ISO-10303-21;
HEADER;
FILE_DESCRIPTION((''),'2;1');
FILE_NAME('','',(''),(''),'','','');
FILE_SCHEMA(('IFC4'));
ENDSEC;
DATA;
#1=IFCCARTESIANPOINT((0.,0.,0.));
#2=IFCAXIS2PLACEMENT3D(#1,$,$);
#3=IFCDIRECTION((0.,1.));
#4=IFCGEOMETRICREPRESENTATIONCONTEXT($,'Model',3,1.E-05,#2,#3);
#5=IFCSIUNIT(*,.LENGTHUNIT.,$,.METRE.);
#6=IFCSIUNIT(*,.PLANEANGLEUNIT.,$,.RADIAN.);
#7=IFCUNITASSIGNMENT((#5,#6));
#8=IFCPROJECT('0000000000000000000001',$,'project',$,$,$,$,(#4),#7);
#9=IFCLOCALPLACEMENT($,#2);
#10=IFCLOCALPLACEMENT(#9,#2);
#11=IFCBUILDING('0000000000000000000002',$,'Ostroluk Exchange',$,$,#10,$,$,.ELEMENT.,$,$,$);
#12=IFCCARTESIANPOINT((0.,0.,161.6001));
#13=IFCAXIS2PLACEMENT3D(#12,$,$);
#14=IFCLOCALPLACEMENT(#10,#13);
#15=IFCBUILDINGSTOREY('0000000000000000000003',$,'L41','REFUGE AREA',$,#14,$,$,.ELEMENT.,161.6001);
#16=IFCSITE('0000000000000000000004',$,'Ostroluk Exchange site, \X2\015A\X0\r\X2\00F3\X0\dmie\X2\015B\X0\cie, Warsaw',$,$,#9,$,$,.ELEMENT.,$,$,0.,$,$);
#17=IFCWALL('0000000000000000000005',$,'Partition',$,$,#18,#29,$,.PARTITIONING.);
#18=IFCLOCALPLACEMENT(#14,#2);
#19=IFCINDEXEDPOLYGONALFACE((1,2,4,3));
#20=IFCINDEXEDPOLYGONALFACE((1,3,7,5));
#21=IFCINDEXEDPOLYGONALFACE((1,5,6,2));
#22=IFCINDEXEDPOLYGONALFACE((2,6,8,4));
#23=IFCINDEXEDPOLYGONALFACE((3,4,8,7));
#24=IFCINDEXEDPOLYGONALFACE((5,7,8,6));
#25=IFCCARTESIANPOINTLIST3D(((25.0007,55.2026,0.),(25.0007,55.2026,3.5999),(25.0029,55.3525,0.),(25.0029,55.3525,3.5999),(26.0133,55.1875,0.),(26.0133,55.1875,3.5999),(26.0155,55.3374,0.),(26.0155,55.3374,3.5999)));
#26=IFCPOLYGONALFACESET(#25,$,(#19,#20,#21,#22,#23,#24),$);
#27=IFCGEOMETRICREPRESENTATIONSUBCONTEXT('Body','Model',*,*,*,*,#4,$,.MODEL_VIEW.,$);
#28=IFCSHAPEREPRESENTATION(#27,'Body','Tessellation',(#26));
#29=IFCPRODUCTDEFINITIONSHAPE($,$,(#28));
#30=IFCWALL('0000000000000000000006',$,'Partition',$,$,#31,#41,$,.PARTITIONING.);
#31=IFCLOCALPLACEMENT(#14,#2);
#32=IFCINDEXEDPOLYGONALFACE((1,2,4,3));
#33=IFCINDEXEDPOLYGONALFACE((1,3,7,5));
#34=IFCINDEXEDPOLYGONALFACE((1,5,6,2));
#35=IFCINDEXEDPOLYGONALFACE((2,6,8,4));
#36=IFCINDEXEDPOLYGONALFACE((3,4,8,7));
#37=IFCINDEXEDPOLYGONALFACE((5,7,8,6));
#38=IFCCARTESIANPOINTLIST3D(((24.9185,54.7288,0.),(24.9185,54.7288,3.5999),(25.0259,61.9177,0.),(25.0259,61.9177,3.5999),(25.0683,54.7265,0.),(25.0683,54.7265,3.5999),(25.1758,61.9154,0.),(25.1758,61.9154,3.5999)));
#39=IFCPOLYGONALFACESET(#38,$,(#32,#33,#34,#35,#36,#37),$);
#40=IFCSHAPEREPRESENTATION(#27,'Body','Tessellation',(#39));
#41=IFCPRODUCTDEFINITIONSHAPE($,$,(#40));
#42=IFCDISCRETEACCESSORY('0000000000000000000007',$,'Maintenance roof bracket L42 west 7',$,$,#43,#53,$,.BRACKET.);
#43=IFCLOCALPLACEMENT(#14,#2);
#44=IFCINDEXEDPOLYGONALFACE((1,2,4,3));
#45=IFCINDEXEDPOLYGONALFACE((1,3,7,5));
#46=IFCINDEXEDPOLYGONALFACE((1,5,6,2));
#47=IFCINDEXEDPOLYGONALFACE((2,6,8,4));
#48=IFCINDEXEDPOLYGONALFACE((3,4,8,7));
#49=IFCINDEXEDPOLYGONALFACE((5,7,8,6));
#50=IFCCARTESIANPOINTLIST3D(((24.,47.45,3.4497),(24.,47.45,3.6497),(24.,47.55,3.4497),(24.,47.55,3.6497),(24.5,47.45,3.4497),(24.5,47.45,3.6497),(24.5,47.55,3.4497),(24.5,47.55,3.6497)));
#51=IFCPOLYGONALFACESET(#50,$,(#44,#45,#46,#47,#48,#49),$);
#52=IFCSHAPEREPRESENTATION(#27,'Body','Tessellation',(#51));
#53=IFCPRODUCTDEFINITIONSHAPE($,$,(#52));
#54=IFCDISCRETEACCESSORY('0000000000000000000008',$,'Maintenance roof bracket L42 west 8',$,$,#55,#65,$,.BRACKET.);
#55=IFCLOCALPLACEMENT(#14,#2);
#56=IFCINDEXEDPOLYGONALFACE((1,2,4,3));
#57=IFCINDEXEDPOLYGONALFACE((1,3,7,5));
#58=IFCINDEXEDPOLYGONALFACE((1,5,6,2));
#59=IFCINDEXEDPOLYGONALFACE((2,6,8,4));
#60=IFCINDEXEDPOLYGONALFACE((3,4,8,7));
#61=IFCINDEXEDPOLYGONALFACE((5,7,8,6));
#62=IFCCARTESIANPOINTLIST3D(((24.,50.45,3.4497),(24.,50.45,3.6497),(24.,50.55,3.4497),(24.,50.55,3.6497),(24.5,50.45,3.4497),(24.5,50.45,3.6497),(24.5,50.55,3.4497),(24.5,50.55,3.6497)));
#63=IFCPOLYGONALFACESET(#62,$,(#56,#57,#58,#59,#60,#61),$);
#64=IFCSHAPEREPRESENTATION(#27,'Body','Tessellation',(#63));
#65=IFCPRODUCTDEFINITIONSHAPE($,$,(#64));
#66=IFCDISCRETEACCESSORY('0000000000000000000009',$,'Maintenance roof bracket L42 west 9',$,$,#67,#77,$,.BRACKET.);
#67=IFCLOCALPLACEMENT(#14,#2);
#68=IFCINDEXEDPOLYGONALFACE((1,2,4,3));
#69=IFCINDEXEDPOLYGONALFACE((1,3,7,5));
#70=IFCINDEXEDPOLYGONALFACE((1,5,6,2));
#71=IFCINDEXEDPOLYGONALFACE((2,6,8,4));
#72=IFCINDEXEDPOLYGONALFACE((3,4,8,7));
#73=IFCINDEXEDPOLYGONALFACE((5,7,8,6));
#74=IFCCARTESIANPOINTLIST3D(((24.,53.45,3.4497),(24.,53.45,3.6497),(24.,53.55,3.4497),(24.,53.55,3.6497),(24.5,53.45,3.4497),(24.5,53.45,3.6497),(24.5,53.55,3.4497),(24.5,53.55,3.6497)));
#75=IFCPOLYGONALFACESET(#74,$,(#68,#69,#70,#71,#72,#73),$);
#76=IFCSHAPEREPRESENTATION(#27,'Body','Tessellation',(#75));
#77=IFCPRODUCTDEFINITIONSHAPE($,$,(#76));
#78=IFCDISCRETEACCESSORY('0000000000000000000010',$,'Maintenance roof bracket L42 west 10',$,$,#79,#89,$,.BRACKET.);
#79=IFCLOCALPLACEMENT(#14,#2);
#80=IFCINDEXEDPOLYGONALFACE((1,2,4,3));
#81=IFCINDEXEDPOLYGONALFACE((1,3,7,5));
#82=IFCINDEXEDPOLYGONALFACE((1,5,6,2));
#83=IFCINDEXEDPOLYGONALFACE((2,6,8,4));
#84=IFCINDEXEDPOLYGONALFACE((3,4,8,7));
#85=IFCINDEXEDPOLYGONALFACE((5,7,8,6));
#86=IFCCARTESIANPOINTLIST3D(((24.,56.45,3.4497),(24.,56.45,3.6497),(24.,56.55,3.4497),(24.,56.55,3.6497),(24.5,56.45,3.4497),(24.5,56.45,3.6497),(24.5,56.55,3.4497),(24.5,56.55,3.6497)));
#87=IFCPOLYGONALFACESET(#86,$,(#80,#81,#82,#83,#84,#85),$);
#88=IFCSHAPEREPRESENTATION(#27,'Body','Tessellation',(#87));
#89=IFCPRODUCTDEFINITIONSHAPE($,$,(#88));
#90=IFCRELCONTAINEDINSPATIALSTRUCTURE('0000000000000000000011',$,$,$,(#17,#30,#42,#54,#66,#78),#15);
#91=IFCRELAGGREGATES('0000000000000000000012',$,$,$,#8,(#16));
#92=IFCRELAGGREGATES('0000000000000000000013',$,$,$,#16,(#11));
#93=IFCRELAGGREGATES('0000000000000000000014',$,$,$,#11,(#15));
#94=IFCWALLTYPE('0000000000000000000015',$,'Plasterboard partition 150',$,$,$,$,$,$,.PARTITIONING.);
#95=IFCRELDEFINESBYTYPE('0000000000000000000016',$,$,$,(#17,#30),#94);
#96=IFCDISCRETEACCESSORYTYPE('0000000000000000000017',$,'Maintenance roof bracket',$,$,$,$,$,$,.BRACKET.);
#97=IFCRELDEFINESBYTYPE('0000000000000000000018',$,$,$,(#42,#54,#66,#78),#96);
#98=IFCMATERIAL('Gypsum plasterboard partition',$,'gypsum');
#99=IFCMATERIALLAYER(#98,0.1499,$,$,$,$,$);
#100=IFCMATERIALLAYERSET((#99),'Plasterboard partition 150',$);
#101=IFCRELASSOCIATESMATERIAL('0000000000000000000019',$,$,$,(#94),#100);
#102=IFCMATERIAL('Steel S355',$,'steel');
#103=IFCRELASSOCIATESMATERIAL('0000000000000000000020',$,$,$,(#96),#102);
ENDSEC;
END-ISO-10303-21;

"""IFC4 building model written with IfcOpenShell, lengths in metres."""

from ifc_helpers import new_model, si_unit, direction, frame, frame_2d, origin, origin_2d, place, context, subcontext, project, spatial, rectangle, extrude, material, layer, layer_set, type_object, element, save


model = new_model("IFC4")

# Units and contexts
model_context = context("Model", 3, precision=1e-05, world=origin(), true_north=direction((0.0, 1.0)))
body_context = subcontext(model_context, "Body", "Model", "MODEL_VIEW")
ifc_project = project(units=[si_unit("LENGTHUNIT", "METRE"), si_unit("PLANEANGLEUNIT", "RADIAN")], contexts=[model_context])

# Site, building, storey
site_placement = place(None, origin())
site = spatial("IfcSite", under=ifc_project, at=site_placement, Name="Ostroluk Exchange site, Śródmieście, Warsaw", CompositionType="ELEMENT", RefElevation=0.0)
building_placement = place(site_placement, origin())
building = spatial("IfcBuilding", under=site, at=building_placement, Name="Ostroluk Exchange", CompositionType="ELEMENT")
storey_placement = place(building_placement, frame((0.0, 0.0, 161.6001)))
storey = spatial("IfcBuildingStorey", under=building, at=storey_placement, Name="L41", Description="REFUGE AREA", CompositionType="ELEMENT", Elevation=161.6001)

# Walls
ifc_material_1 = material(Name="Gypsum plasterboard partition", Category="gypsum")
ifc_layer_1 = layer(ifc_material_1, 0.1499)
ifc_layer_set_1 = layer_set([ifc_layer_1], Name="Plasterboard partition 150")
wall_type = type_object("IfcWallType", Name="Plasterboard partition 150", PredefinedType="PARTITIONING", material=ifc_layer_set_1)
for number, where, z_axis, x_axis, name in (
    (1, (26.0144, 55.2625, 0.0), (0.0, 0.0, 1.0), (-0.999888, 0.014945, 0.0), "Partition"),
):
    element("IfcWall", number, at=place(storey_placement, frame(where, z_axis=z_axis, x_axis=x_axis)), inside=storey, type_object=wall_type, Name=name, PredefinedType="PARTITIONING", context=body_context, shape_type="SweptSolid", body=[
        extrude(rectangle(XDim=1.0127, YDim=0.1499, at=frame_2d((0.5063, 0.0))), origin(), (0.0, 0.0, 1.0), 3.5999),
    ])
wall_1_placement = place(storey_placement, frame((24.9934, 54.7278, 0.0), z_axis=(0.0, 0.0, 1.0), x_axis=(0.014941, 0.999888, 0.0)))
element("IfcWall", 2, at=wall_1_placement, inside=storey, type_object=wall_type, Name="Partition", PredefinedType="PARTITIONING", context=body_context, shape_type="SweptSolid", body=[
    extrude(rectangle(XDim=7.1897, YDim=0.1499, at=frame_2d((3.5947, 0.0))), origin(), (0.0, 0.0, 1.0), 3.5999),
])

# Discrete accessories
ifc_material_2 = material(Name="Steel S355", Category="steel")
discrete_accessory_type = type_object("IfcDiscreteAccessoryType", Name="Maintenance roof bracket", PredefinedType="BRACKET", material=ifc_material_2)
for number, where, z_axis, x_axis, name in (
    (3, (24.25, 47.5, 3.4497), (0.0, 0.0, 1.0), (1.0, 0.0, 0.0), "Maintenance roof bracket L42 west 7"),
    (4, (24.25, 50.5, 3.4497), (0.0, 0.0, 1.0), (1.0, 0.0, 0.0), "Maintenance roof bracket L42 west 8"),
    (5, (24.25, 53.5, 3.4497), (0.0, 0.0, 1.0), (1.0, 0.0, 0.0), "Maintenance roof bracket L42 west 9"),
    (6, (24.25, 56.5, 3.4497), (0.0, 0.0, 1.0), (1.0, 0.0, 0.0), "Maintenance roof bracket L42 west 10"),
):
    element("IfcDiscreteAccessory", number, at=place(storey_placement, frame(where, z_axis=z_axis, x_axis=x_axis)), inside=storey, type_object=discrete_accessory_type, Name=name, PredefinedType="BRACKET", context=body_context, shape_type="SweptSolid", body=[
        extrude(rectangle(XDim=0.5, YDim=0.1001, at=origin_2d()), origin(), (0.0, 0.0, 1.0), 0.2),
    ])

save(model, "model.ifc")
